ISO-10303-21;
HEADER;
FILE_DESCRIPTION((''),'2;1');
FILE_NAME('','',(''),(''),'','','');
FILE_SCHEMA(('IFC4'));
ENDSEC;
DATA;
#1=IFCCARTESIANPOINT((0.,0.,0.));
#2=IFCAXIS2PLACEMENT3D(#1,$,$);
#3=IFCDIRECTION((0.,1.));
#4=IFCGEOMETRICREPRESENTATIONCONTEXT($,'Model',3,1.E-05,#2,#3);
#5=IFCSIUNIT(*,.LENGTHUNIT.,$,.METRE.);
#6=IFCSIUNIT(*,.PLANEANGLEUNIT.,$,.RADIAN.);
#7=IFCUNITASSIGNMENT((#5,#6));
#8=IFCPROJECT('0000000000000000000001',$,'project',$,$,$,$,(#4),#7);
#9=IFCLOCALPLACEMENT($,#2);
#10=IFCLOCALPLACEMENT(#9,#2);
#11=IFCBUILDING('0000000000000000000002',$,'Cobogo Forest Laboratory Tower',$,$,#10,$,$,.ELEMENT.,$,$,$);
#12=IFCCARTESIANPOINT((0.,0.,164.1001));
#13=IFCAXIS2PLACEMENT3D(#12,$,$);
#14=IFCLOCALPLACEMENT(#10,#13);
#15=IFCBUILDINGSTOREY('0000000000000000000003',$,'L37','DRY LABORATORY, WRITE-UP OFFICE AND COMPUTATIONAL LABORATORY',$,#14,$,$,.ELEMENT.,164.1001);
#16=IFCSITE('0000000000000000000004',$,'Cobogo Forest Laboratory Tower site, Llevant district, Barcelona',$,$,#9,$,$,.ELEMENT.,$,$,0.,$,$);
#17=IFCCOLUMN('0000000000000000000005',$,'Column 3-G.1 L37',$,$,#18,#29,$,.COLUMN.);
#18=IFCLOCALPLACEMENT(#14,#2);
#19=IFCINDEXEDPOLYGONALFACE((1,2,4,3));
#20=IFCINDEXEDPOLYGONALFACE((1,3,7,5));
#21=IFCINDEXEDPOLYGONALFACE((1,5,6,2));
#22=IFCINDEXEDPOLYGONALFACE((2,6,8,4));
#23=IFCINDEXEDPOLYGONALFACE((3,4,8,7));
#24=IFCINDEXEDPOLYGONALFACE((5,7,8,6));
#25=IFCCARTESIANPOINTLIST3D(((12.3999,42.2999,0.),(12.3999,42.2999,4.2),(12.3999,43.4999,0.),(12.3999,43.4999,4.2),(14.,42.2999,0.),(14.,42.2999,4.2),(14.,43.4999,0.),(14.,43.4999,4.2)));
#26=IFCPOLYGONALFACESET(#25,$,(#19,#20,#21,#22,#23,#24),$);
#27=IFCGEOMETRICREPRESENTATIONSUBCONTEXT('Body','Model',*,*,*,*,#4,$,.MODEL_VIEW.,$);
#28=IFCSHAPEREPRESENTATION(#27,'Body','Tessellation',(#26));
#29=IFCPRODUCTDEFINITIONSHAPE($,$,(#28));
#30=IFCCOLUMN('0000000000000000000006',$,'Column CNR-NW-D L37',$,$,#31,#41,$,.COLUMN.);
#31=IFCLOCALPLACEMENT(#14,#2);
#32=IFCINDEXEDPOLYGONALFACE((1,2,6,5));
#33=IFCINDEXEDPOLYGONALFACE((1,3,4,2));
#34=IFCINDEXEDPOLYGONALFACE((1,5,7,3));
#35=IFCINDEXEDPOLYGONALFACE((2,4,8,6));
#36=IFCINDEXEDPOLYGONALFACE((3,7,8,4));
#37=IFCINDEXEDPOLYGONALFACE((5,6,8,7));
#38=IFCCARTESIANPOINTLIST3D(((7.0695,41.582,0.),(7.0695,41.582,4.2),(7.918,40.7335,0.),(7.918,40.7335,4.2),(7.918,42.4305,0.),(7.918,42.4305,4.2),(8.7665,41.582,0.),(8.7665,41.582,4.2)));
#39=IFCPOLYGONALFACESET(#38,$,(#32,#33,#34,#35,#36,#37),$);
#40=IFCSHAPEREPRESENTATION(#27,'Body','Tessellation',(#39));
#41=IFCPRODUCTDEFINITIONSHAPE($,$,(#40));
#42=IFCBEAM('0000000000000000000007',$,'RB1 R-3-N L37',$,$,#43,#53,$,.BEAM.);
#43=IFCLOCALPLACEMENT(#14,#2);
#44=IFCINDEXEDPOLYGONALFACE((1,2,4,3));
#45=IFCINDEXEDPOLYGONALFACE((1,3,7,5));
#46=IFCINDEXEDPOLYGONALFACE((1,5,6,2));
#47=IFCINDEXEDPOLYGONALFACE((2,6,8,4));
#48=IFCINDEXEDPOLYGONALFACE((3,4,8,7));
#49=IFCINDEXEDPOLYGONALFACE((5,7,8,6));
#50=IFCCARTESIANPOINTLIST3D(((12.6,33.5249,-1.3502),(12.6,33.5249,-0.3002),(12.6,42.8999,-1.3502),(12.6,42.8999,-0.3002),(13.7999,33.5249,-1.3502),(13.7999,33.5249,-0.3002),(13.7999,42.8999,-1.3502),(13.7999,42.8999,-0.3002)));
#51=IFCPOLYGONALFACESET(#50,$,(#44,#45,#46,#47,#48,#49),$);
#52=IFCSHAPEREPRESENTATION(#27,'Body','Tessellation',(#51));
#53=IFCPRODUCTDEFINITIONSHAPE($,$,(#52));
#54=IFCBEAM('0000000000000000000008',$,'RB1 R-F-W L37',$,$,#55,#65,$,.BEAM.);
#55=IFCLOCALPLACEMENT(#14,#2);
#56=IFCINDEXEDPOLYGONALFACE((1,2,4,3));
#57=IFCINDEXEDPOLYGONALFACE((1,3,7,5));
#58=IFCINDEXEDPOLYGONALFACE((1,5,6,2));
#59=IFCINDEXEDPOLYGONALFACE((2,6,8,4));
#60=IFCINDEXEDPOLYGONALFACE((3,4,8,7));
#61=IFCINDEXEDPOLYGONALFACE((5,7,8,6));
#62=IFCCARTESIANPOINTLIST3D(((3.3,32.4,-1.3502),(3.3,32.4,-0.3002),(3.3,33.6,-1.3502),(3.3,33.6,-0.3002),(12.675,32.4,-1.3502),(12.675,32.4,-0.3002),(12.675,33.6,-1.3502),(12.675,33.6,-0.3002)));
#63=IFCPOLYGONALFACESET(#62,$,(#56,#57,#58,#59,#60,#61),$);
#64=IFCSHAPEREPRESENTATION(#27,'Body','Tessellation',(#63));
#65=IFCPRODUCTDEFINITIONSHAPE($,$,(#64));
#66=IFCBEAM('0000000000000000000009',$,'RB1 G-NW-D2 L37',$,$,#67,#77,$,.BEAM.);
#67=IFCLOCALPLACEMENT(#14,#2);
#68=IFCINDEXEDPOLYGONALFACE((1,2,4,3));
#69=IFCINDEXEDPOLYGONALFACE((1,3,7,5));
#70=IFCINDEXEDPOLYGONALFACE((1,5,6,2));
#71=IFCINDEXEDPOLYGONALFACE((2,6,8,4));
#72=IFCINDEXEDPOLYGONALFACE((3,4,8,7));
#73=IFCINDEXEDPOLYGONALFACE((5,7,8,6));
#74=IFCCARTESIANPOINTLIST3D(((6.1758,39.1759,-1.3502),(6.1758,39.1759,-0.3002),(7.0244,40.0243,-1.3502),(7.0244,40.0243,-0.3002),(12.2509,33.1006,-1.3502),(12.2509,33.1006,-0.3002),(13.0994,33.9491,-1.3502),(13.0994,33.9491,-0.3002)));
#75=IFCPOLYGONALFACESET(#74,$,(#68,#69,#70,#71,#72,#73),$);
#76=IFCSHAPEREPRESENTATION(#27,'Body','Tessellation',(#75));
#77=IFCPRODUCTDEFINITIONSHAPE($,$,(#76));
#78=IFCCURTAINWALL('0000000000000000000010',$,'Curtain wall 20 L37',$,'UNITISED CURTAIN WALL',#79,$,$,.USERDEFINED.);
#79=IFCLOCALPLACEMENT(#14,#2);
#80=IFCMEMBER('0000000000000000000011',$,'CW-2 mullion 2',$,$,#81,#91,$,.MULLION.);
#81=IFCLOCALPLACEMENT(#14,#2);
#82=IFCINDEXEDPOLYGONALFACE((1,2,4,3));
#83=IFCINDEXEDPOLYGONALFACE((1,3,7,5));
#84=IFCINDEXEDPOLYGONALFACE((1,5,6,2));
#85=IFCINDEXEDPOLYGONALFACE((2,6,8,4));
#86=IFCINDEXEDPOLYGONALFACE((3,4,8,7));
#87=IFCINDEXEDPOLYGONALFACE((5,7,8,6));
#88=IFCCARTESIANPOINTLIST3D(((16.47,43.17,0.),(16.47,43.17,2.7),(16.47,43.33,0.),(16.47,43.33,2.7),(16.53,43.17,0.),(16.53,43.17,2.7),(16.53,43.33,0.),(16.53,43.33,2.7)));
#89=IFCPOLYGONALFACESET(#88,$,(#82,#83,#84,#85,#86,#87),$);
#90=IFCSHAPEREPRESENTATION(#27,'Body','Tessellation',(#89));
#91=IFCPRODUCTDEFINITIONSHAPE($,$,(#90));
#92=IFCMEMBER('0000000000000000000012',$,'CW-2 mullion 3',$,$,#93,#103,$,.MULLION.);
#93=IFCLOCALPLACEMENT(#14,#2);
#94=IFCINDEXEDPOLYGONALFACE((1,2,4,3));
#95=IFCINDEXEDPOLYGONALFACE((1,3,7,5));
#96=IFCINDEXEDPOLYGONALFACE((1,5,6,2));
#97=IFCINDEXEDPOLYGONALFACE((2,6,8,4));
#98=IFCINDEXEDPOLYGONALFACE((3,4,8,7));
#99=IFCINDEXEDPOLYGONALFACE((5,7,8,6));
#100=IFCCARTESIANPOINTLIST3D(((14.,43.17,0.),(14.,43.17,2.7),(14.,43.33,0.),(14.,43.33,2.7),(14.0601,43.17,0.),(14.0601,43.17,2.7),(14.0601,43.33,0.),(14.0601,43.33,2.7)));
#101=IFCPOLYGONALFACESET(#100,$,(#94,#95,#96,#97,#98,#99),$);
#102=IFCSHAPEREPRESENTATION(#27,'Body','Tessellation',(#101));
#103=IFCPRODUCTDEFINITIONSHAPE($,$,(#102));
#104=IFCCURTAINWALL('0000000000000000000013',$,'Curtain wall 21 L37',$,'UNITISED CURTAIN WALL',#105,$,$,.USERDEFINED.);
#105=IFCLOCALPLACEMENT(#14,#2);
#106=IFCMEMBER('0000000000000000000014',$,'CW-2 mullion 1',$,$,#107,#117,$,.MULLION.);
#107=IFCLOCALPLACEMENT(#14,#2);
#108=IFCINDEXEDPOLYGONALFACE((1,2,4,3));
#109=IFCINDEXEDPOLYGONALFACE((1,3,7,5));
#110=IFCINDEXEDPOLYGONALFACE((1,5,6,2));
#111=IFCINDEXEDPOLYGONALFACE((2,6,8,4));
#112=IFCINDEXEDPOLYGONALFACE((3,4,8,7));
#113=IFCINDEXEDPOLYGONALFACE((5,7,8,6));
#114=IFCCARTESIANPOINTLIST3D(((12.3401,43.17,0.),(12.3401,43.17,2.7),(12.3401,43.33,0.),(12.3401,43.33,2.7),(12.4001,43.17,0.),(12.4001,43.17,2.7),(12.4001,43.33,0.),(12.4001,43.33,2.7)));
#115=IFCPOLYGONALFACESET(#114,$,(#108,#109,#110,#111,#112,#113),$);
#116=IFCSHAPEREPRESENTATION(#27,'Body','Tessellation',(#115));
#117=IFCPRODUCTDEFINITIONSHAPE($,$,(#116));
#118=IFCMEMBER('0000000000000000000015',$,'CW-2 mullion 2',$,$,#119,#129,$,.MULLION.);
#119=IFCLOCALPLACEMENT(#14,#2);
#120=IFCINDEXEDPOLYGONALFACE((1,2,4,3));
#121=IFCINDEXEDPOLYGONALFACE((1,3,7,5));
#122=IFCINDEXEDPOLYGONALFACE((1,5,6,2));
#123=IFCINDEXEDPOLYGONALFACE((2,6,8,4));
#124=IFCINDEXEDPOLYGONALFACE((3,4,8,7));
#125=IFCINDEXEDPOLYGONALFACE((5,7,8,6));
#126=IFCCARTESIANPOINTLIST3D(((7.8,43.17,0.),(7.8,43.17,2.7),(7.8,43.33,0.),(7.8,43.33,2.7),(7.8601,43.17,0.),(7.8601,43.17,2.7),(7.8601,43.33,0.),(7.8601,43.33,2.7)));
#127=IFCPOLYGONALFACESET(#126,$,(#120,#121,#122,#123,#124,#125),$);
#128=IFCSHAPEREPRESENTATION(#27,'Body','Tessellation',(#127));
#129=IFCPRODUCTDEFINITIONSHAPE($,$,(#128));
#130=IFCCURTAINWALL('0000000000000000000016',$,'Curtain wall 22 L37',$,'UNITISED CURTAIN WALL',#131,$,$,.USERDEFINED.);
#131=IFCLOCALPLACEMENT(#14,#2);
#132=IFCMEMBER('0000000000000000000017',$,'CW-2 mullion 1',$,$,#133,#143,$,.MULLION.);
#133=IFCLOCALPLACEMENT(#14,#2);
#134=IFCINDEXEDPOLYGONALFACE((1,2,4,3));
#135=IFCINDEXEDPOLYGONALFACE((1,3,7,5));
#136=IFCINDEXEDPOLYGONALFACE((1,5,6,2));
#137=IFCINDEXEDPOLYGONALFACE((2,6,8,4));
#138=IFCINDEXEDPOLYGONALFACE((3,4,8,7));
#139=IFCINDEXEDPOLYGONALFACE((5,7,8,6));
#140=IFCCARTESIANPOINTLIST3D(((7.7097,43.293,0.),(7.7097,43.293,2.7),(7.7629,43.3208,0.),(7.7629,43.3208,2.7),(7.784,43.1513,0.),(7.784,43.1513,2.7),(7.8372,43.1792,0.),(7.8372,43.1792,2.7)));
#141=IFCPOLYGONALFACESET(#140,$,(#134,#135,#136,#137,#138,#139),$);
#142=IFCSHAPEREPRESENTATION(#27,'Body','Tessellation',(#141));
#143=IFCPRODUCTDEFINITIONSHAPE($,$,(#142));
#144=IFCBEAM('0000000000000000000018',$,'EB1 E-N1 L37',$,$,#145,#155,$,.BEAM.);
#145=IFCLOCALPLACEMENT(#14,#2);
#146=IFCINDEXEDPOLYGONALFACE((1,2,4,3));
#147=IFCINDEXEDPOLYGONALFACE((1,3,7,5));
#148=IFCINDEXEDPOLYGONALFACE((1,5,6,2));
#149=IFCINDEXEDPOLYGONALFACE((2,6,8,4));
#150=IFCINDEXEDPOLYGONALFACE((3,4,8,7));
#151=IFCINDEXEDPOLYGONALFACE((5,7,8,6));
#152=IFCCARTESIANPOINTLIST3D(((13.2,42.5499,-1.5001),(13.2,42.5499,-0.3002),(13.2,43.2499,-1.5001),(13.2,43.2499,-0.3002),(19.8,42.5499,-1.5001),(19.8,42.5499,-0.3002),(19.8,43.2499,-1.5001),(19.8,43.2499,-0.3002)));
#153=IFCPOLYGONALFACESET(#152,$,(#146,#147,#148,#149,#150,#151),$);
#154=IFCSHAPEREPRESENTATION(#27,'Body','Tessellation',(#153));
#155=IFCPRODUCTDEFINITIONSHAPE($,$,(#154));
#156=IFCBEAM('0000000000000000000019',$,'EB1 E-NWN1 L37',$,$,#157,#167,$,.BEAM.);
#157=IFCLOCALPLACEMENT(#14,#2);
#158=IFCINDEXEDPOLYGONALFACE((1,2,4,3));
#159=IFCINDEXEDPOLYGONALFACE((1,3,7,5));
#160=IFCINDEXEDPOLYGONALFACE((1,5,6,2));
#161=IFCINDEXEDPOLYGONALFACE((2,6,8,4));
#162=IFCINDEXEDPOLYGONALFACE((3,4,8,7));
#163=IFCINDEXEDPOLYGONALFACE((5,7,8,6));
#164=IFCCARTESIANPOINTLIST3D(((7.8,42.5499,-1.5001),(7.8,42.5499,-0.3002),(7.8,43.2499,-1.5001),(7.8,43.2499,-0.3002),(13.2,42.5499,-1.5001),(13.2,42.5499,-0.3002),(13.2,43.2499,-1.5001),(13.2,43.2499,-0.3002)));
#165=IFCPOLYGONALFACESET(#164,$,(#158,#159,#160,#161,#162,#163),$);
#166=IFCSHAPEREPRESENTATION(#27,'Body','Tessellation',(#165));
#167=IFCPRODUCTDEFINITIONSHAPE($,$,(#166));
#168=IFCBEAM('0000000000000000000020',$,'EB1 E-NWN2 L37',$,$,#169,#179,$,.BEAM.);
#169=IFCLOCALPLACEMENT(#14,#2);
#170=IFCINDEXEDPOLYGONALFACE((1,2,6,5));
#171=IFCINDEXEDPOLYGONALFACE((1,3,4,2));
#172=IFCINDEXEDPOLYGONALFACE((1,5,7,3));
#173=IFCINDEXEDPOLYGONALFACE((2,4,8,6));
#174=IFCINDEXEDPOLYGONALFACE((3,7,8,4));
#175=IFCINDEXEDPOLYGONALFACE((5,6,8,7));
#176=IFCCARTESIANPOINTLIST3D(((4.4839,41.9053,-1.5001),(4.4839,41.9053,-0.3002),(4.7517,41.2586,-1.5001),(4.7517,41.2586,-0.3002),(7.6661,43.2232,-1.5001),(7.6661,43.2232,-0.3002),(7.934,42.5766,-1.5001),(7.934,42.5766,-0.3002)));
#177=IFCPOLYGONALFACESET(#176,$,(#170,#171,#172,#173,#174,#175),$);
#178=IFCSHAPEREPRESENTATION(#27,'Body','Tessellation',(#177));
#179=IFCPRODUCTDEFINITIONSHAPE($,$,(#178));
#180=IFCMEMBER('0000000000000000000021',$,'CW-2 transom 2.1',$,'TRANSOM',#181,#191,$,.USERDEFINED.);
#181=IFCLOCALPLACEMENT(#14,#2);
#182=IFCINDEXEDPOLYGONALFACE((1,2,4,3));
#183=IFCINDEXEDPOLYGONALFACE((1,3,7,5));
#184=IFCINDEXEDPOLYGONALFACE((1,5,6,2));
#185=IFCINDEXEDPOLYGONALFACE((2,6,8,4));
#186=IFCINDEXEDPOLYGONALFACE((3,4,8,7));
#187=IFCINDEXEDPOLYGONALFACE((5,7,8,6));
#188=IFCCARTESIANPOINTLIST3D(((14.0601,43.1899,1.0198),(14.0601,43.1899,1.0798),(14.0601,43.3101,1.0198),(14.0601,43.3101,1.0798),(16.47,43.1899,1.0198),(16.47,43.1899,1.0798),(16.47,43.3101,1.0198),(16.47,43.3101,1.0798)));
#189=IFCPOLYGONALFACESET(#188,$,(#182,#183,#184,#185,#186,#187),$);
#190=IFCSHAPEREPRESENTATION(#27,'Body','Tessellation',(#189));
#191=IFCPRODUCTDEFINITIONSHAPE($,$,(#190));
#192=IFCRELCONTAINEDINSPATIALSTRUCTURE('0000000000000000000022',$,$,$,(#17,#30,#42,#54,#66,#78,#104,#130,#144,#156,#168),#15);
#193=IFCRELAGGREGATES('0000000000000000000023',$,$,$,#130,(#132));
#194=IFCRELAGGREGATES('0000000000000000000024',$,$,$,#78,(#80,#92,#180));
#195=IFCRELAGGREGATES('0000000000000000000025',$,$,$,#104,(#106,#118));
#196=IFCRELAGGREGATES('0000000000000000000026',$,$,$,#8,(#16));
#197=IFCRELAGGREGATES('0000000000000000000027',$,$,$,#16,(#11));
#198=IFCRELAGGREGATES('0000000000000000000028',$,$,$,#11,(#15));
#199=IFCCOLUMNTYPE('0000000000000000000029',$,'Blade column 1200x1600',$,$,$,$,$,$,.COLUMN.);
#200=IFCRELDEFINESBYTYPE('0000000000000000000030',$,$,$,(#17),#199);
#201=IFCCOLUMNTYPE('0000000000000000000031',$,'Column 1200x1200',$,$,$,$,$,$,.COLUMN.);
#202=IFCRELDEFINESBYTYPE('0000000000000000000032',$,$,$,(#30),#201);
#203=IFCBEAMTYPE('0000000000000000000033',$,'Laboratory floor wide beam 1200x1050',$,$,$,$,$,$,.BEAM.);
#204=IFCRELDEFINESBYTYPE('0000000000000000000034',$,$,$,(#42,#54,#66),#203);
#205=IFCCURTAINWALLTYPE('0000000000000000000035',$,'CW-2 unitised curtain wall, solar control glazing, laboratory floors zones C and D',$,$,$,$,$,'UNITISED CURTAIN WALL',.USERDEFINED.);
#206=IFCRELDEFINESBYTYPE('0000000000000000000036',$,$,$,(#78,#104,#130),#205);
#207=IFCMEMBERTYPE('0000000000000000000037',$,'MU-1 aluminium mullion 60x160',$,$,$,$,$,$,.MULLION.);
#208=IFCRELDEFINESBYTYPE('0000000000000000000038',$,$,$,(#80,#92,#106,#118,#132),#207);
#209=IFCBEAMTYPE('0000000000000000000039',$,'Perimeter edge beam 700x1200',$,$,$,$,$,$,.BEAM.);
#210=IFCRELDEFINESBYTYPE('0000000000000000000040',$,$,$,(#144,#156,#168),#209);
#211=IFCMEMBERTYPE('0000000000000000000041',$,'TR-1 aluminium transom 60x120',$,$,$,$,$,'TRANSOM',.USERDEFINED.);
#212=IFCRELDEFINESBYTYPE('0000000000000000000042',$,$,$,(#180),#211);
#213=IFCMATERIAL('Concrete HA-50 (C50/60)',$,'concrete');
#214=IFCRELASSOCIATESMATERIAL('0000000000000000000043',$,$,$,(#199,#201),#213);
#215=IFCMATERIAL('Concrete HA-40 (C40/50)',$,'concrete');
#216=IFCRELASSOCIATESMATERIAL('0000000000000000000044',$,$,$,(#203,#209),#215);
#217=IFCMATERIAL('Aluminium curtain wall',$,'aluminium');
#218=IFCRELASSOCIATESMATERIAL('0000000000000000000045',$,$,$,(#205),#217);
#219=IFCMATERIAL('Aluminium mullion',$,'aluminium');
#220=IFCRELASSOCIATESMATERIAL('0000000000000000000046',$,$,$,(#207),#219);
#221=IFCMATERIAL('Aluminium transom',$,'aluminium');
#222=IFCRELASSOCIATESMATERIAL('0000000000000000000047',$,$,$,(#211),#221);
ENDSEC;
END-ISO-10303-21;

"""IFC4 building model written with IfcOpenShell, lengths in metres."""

from ifc_helpers import new_model, si_unit, direction, frame, origin, origin_2d, place, context, subcontext, project, spatial, rectangle, extrude, material, material_profile, profile_set, type_object, element, aggregate, save


model = new_model("IFC4")

# Units and contexts
model_context = context("Model", 3, precision=1e-05, world=origin(), true_north=direction((0.0, 1.0)))
body_context = subcontext(model_context, "Body", "Model", "MODEL_VIEW")
ifc_project = project(units=[si_unit("LENGTHUNIT", "METRE"), si_unit("PLANEANGLEUNIT", "RADIAN")], contexts=[model_context])

# Site, building, storey
site_placement = place(None, origin())
site = spatial("IfcSite", under=ifc_project, at=site_placement, Name="Cobogo Forest Laboratory Tower site, Llevant district, Barcelona", CompositionType="ELEMENT", RefElevation=0.0)
building_placement = place(site_placement, origin())
building = spatial("IfcBuilding", under=site, at=building_placement, Name="Cobogo Forest Laboratory Tower", CompositionType="ELEMENT")
storey_placement = place(building_placement, frame((0.0, 0.0, 164.1001)))
storey = spatial("IfcBuildingStorey", under=building, at=storey_placement, Name="L37", Description="DRY LABORATORY, WRITE-UP OFFICE AND COMPUTATIONAL LABORATORY", CompositionType="ELEMENT", Elevation=164.1001)

# Columns
ifc_material_1 = material(Name="Concrete HA-50 (C50/60)", Category="concrete")
ifc_material_profile_1 = material_profile(ifc_material_1, rectangle(XDim=1.6001, YDim=1.2, at=origin_2d()), Name="RC 1200x1600")
ifc_profile_set_1 = profile_set([ifc_material_profile_1], Name="Concrete HA-50 (C50/60)")
column_type_1 = type_object("IfcColumnType", Name="Blade column 1200x1600", PredefinedType="COLUMN", material=ifc_profile_set_1)
column_1_placement = place(storey_placement, frame((13.2, 42.8999, 0.0), z_axis=(0.0, 0.0, 1.0), x_axis=(1.0, 0.0, 0.0)))
element("IfcColumn", 1, at=column_1_placement, inside=storey, type_object=column_type_1, Name="Column 3-G.1 L37", PredefinedType="COLUMN", context=body_context, shape_type="SweptSolid", body=[
    extrude(rectangle(XDim=1.6001, YDim=1.2, at=origin_2d()), origin(), (0.0, 0.0, 1.0), 4.2),
])
ifc_material_profile_2 = material_profile(ifc_material_1, rectangle(XDim=1.2, YDim=1.2, at=origin_2d()), Name="RC 1200x1200")
ifc_profile_set_2 = profile_set([ifc_material_profile_2], Name="Concrete HA-50 (C50/60)")
column_type_2 = type_object("IfcColumnType", Name="Column 1200x1200", PredefinedType="COLUMN", material=ifc_profile_set_2)
column_2_placement = place(storey_placement, frame((7.918, 41.582, 0.0), z_axis=(0.0, 0.0, 1.0), x_axis=(0.707107, 0.707107, 0.0)))
element("IfcColumn", 2, at=column_2_placement, inside=storey, type_object=column_type_2, Name="Column CNR-NW-D L37", PredefinedType="COLUMN", context=body_context, shape_type="SweptSolid", body=[
    extrude(rectangle(XDim=1.2, YDim=1.2, at=origin_2d()), origin(), (0.0, 0.0, 1.0), 4.2),
])

# Beams
ifc_material_2 = material(Name="Concrete HA-40 (C40/50)", Category="concrete")
ifc_material_profile_3 = material_profile(ifc_material_2, rectangle(XDim=1.2, YDim=1.05, at=origin_2d()), Name="RC 1200x1050")
ifc_profile_set_3 = profile_set([ifc_material_profile_3], Name="Concrete HA-40 (C40/50)")
beam_type_1 = type_object("IfcBeamType", Name="Laboratory floor wide beam 1200x1050", PredefinedType="BEAM", material=ifc_profile_set_3)
for number, where, z_axis, x_axis, name in (
    (3, (13.2, 33.5249, -0.8252), (0.0, 1.0, 0.0), (-1.0, 0.0, 0.0), "RB1 R-3-N L37"),
    (4, (12.675, 33.0, -0.8252), (-1.0, 0.0, 0.0), (0.0, -1.0, 0.0), "RB1 R-F-W L37"),
):
    element("IfcBeam", number, at=place(storey_placement, frame(where, z_axis=z_axis, x_axis=x_axis)), inside=storey, type_object=beam_type_1, Name=name, PredefinedType="BEAM", context=body_context, shape_type="SweptSolid", body=[
        extrude(rectangle(XDim=1.2, YDim=1.05, at=origin_2d()), origin(), (0.0, 0.0, 1.0), 9.375),
    ])
beam_1_placement = place(storey_placement, frame((6.6001, 39.6001, -0.8252), z_axis=(0.707093, -0.707121, 0.0), x_axis=(0.707121, 0.707093, 0.0)))
element("IfcBeam", 5, at=beam_1_placement, inside=storey, type_object=beam_type_1, Name="RB1 G-NW-D2 L37", PredefinedType="BEAM", context=body_context, shape_type="SweptSolid", body=[
    extrude(rectangle(XDim=1.2, YDim=1.05, at=origin_2d()), origin(), (0.0, 0.0, 1.0), 8.5916),
])

# Curtain walls, members
ifc_material_3 = material(Name="Aluminium curtain wall", Category="aluminium")
curtain_wall_type = type_object("IfcCurtainWallType", Name="CW-2 unitised curtain wall, solar control glazing, laboratory floors zones C and D", ElementType="UNITISED CURTAIN WALL", PredefinedType="USERDEFINED", material=ifc_material_3)
curtain_wall_1_placement = place(storey_placement, origin())
curtain_wall_1 = element("IfcCurtainWall", 6, at=curtain_wall_1_placement, inside=storey, type_object=curtain_wall_type, Name="Curtain wall 20 L37", ObjectType="UNITISED CURTAIN WALL", PredefinedType="USERDEFINED")
ifc_material_4 = material(Name="Aluminium mullion", Category="aluminium")
ifc_material_profile_4 = material_profile(ifc_material_4, rectangle(XDim=0.0601, YDim=0.1599, at=origin_2d()), Name="AL 60x160")
ifc_profile_set_4 = profile_set([ifc_material_profile_4], Name="Aluminium mullion")
member_type_1 = type_object("IfcMemberType", Name="MU-1 aluminium mullion 60x160", PredefinedType="MULLION", material=ifc_profile_set_4)
member_1_placement = place(storey_placement, frame((16.5, 43.25, 0.0), z_axis=(0.0, 0.0, 1.0), x_axis=(-1.0, 0.0, 0.0)))
member_1 = element("IfcMember", 7, at=member_1_placement, type_object=member_type_1, Name="CW-2 mullion 2", PredefinedType="MULLION", context=body_context, shape_type="SweptSolid", body=[
    extrude(rectangle(XDim=0.0601, YDim=0.1599, at=origin_2d()), origin(), (0.0, 0.0, 1.0), 2.7),
])
member_2_placement = place(storey_placement, frame((14.03, 43.25, 0.0), z_axis=(0.0, 0.0, 1.0), x_axis=(-1.0, 0.0, 0.0)))
member_2 = element("IfcMember", 8, at=member_2_placement, type_object=member_type_1, Name="CW-2 mullion 3", PredefinedType="MULLION", context=body_context, shape_type="SweptSolid", body=[
    extrude(rectangle(XDim=0.0601, YDim=0.1599, at=origin_2d()), origin(), (0.0, 0.0, 1.0), 2.7),
])
curtain_wall_2_placement = place(storey_placement, origin())
curtain_wall_2 = element("IfcCurtainWall", 9, at=curtain_wall_2_placement, inside=storey, type_object=curtain_wall_type, Name="Curtain wall 21 L37", ObjectType="UNITISED CURTAIN WALL", PredefinedType="USERDEFINED")
member_3_placement = place(storey_placement, frame((12.3701, 43.25, 0.0), z_axis=(0.0, 0.0, 1.0), x_axis=(-1.0, 0.0, 0.0)))
member_3 = element("IfcMember", 10, at=member_3_placement, type_object=member_type_1, Name="CW-2 mullion 1", PredefinedType="MULLION", context=body_context, shape_type="SweptSolid", body=[
    extrude(rectangle(XDim=0.0601, YDim=0.1599, at=origin_2d()), origin(), (0.0, 0.0, 1.0), 2.7),
])
member_4_placement = place(storey_placement, frame((7.8301, 43.25, 0.0), z_axis=(0.0, 0.0, 1.0), x_axis=(-1.0, 0.0, 0.0)))
member_4 = element("IfcMember", 11, at=member_4_placement, type_object=member_type_1, Name="CW-2 mullion 2", PredefinedType="MULLION", context=body_context, shape_type="SweptSolid", body=[
    extrude(rectangle(XDim=0.0601, YDim=0.1599, at=origin_2d()), origin(), (0.0, 0.0, 1.0), 2.7),
])

# Curtain wall, member
curtain_wall_3_placement = place(storey_placement, origin())
curtain_wall_3 = element("IfcCurtainWall", 12, at=curtain_wall_3_placement, inside=storey, type_object=curtain_wall_type, Name="Curtain wall 22 L37", ObjectType="UNITISED CURTAIN WALL", PredefinedType="USERDEFINED")
member_5_placement = place(storey_placement, frame((7.7734, 43.2361, 0.0), z_axis=(0.0, 0.0, 1.0), x_axis=(-0.885686, -0.464284, 0.0)))
member_5 = element("IfcMember", 13, at=member_5_placement, type_object=member_type_1, Name="CW-2 mullion 1", PredefinedType="MULLION", context=body_context, shape_type="SweptSolid", body=[
    extrude(rectangle(XDim=0.0601, YDim=0.1599, at=origin_2d()), origin(), (0.0, 0.0, 1.0), 2.7),
])

# Beams
ifc_material_profile_5 = material_profile(ifc_material_2, rectangle(XDim=0.7, YDim=1.2, at=origin_2d()), Name="RC 700x1200")
ifc_profile_set_5 = profile_set([ifc_material_profile_5], Name="Concrete HA-40 (C40/50)")
beam_type_2 = type_object("IfcBeamType", Name="Perimeter edge beam 700x1200", PredefinedType="BEAM", material=ifc_profile_set_5)
beam_2_placement = place(storey_placement, frame((13.2, 42.8999, -0.9001), z_axis=(1.0, 0.0, 0.0), x_axis=(0.0, 1.0, 0.0)))
element("IfcBeam", 14, at=beam_2_placement, inside=storey, type_object=beam_type_2, Name="EB1 E-N1 L37", PredefinedType="BEAM", context=body_context, shape_type="SweptSolid", body=[
    extrude(rectangle(XDim=0.7, YDim=1.2, at=origin_2d()), origin(), (0.0, 0.0, 1.0), 6.6001),
])
beam_3_placement = place(storey_placement, frame((13.2, 42.8999, -0.9001), z_axis=(-1.0, 0.0, 0.0), x_axis=(0.0, -1.0, 0.0)))
element("IfcBeam", 15, at=beam_3_placement, inside=storey, type_object=beam_type_2, Name="EB1 E-NWN1 L37", PredefinedType="BEAM", context=body_context, shape_type="SweptSolid", body=[
    extrude(rectangle(XDim=0.7, YDim=1.2, at=origin_2d()), origin(), (0.0, 0.0, 1.0), 5.3999),
])
beam_4_placement = place(storey_placement, frame((7.8, 42.8999, -0.9001), z_axis=(-0.923901, -0.382631, 0.0), x_axis=(0.382631, -0.923901, 0.0)))
element("IfcBeam", 16, at=beam_4_placement, inside=storey, type_object=beam_type_2, Name="EB1 E-NWN2 L37", PredefinedType="BEAM", context=body_context, shape_type="SweptSolid", body=[
    extrude(rectangle(XDim=0.7, YDim=1.2, at=origin_2d()), origin(), (0.0, 0.0, 1.0), 3.4443),
])

# Member
ifc_material_5 = material(Name="Aluminium transom", Category="aluminium")
ifc_material_profile_6 = material_profile(ifc_material_5, rectangle(XDim=0.1201, YDim=0.0601, at=origin_2d()), Name="AL 60x120")
ifc_profile_set_6 = profile_set([ifc_material_profile_6], Name="Aluminium transom")
member_type_2 = type_object("IfcMemberType", Name="TR-1 aluminium transom 60x120", ElementType="TRANSOM", PredefinedType="USERDEFINED", material=ifc_profile_set_6)
member_6_placement = place(storey_placement, frame((16.47, 43.25, 1.0498), z_axis=(-1.0, 0.0, 0.0), x_axis=(0.0, -1.0, 0.0)))
member_6 = element("IfcMember", 17, at=member_6_placement, type_object=member_type_2, Name="CW-2 transom 2.1", ObjectType="TRANSOM", PredefinedType="USERDEFINED", context=body_context, shape_type="SweptSolid", body=[
    extrude(rectangle(XDim=0.1201, YDim=0.0601, at=origin_2d()), origin(), (0.0, 0.0, 1.0), 2.4099),
])
aggregate(curtain_wall_3, [member_5])

aggregate(curtain_wall_1, [member_1, member_2, member_6])
aggregate(curtain_wall_2, [member_3, member_4])

save(model, "model.ifc")
